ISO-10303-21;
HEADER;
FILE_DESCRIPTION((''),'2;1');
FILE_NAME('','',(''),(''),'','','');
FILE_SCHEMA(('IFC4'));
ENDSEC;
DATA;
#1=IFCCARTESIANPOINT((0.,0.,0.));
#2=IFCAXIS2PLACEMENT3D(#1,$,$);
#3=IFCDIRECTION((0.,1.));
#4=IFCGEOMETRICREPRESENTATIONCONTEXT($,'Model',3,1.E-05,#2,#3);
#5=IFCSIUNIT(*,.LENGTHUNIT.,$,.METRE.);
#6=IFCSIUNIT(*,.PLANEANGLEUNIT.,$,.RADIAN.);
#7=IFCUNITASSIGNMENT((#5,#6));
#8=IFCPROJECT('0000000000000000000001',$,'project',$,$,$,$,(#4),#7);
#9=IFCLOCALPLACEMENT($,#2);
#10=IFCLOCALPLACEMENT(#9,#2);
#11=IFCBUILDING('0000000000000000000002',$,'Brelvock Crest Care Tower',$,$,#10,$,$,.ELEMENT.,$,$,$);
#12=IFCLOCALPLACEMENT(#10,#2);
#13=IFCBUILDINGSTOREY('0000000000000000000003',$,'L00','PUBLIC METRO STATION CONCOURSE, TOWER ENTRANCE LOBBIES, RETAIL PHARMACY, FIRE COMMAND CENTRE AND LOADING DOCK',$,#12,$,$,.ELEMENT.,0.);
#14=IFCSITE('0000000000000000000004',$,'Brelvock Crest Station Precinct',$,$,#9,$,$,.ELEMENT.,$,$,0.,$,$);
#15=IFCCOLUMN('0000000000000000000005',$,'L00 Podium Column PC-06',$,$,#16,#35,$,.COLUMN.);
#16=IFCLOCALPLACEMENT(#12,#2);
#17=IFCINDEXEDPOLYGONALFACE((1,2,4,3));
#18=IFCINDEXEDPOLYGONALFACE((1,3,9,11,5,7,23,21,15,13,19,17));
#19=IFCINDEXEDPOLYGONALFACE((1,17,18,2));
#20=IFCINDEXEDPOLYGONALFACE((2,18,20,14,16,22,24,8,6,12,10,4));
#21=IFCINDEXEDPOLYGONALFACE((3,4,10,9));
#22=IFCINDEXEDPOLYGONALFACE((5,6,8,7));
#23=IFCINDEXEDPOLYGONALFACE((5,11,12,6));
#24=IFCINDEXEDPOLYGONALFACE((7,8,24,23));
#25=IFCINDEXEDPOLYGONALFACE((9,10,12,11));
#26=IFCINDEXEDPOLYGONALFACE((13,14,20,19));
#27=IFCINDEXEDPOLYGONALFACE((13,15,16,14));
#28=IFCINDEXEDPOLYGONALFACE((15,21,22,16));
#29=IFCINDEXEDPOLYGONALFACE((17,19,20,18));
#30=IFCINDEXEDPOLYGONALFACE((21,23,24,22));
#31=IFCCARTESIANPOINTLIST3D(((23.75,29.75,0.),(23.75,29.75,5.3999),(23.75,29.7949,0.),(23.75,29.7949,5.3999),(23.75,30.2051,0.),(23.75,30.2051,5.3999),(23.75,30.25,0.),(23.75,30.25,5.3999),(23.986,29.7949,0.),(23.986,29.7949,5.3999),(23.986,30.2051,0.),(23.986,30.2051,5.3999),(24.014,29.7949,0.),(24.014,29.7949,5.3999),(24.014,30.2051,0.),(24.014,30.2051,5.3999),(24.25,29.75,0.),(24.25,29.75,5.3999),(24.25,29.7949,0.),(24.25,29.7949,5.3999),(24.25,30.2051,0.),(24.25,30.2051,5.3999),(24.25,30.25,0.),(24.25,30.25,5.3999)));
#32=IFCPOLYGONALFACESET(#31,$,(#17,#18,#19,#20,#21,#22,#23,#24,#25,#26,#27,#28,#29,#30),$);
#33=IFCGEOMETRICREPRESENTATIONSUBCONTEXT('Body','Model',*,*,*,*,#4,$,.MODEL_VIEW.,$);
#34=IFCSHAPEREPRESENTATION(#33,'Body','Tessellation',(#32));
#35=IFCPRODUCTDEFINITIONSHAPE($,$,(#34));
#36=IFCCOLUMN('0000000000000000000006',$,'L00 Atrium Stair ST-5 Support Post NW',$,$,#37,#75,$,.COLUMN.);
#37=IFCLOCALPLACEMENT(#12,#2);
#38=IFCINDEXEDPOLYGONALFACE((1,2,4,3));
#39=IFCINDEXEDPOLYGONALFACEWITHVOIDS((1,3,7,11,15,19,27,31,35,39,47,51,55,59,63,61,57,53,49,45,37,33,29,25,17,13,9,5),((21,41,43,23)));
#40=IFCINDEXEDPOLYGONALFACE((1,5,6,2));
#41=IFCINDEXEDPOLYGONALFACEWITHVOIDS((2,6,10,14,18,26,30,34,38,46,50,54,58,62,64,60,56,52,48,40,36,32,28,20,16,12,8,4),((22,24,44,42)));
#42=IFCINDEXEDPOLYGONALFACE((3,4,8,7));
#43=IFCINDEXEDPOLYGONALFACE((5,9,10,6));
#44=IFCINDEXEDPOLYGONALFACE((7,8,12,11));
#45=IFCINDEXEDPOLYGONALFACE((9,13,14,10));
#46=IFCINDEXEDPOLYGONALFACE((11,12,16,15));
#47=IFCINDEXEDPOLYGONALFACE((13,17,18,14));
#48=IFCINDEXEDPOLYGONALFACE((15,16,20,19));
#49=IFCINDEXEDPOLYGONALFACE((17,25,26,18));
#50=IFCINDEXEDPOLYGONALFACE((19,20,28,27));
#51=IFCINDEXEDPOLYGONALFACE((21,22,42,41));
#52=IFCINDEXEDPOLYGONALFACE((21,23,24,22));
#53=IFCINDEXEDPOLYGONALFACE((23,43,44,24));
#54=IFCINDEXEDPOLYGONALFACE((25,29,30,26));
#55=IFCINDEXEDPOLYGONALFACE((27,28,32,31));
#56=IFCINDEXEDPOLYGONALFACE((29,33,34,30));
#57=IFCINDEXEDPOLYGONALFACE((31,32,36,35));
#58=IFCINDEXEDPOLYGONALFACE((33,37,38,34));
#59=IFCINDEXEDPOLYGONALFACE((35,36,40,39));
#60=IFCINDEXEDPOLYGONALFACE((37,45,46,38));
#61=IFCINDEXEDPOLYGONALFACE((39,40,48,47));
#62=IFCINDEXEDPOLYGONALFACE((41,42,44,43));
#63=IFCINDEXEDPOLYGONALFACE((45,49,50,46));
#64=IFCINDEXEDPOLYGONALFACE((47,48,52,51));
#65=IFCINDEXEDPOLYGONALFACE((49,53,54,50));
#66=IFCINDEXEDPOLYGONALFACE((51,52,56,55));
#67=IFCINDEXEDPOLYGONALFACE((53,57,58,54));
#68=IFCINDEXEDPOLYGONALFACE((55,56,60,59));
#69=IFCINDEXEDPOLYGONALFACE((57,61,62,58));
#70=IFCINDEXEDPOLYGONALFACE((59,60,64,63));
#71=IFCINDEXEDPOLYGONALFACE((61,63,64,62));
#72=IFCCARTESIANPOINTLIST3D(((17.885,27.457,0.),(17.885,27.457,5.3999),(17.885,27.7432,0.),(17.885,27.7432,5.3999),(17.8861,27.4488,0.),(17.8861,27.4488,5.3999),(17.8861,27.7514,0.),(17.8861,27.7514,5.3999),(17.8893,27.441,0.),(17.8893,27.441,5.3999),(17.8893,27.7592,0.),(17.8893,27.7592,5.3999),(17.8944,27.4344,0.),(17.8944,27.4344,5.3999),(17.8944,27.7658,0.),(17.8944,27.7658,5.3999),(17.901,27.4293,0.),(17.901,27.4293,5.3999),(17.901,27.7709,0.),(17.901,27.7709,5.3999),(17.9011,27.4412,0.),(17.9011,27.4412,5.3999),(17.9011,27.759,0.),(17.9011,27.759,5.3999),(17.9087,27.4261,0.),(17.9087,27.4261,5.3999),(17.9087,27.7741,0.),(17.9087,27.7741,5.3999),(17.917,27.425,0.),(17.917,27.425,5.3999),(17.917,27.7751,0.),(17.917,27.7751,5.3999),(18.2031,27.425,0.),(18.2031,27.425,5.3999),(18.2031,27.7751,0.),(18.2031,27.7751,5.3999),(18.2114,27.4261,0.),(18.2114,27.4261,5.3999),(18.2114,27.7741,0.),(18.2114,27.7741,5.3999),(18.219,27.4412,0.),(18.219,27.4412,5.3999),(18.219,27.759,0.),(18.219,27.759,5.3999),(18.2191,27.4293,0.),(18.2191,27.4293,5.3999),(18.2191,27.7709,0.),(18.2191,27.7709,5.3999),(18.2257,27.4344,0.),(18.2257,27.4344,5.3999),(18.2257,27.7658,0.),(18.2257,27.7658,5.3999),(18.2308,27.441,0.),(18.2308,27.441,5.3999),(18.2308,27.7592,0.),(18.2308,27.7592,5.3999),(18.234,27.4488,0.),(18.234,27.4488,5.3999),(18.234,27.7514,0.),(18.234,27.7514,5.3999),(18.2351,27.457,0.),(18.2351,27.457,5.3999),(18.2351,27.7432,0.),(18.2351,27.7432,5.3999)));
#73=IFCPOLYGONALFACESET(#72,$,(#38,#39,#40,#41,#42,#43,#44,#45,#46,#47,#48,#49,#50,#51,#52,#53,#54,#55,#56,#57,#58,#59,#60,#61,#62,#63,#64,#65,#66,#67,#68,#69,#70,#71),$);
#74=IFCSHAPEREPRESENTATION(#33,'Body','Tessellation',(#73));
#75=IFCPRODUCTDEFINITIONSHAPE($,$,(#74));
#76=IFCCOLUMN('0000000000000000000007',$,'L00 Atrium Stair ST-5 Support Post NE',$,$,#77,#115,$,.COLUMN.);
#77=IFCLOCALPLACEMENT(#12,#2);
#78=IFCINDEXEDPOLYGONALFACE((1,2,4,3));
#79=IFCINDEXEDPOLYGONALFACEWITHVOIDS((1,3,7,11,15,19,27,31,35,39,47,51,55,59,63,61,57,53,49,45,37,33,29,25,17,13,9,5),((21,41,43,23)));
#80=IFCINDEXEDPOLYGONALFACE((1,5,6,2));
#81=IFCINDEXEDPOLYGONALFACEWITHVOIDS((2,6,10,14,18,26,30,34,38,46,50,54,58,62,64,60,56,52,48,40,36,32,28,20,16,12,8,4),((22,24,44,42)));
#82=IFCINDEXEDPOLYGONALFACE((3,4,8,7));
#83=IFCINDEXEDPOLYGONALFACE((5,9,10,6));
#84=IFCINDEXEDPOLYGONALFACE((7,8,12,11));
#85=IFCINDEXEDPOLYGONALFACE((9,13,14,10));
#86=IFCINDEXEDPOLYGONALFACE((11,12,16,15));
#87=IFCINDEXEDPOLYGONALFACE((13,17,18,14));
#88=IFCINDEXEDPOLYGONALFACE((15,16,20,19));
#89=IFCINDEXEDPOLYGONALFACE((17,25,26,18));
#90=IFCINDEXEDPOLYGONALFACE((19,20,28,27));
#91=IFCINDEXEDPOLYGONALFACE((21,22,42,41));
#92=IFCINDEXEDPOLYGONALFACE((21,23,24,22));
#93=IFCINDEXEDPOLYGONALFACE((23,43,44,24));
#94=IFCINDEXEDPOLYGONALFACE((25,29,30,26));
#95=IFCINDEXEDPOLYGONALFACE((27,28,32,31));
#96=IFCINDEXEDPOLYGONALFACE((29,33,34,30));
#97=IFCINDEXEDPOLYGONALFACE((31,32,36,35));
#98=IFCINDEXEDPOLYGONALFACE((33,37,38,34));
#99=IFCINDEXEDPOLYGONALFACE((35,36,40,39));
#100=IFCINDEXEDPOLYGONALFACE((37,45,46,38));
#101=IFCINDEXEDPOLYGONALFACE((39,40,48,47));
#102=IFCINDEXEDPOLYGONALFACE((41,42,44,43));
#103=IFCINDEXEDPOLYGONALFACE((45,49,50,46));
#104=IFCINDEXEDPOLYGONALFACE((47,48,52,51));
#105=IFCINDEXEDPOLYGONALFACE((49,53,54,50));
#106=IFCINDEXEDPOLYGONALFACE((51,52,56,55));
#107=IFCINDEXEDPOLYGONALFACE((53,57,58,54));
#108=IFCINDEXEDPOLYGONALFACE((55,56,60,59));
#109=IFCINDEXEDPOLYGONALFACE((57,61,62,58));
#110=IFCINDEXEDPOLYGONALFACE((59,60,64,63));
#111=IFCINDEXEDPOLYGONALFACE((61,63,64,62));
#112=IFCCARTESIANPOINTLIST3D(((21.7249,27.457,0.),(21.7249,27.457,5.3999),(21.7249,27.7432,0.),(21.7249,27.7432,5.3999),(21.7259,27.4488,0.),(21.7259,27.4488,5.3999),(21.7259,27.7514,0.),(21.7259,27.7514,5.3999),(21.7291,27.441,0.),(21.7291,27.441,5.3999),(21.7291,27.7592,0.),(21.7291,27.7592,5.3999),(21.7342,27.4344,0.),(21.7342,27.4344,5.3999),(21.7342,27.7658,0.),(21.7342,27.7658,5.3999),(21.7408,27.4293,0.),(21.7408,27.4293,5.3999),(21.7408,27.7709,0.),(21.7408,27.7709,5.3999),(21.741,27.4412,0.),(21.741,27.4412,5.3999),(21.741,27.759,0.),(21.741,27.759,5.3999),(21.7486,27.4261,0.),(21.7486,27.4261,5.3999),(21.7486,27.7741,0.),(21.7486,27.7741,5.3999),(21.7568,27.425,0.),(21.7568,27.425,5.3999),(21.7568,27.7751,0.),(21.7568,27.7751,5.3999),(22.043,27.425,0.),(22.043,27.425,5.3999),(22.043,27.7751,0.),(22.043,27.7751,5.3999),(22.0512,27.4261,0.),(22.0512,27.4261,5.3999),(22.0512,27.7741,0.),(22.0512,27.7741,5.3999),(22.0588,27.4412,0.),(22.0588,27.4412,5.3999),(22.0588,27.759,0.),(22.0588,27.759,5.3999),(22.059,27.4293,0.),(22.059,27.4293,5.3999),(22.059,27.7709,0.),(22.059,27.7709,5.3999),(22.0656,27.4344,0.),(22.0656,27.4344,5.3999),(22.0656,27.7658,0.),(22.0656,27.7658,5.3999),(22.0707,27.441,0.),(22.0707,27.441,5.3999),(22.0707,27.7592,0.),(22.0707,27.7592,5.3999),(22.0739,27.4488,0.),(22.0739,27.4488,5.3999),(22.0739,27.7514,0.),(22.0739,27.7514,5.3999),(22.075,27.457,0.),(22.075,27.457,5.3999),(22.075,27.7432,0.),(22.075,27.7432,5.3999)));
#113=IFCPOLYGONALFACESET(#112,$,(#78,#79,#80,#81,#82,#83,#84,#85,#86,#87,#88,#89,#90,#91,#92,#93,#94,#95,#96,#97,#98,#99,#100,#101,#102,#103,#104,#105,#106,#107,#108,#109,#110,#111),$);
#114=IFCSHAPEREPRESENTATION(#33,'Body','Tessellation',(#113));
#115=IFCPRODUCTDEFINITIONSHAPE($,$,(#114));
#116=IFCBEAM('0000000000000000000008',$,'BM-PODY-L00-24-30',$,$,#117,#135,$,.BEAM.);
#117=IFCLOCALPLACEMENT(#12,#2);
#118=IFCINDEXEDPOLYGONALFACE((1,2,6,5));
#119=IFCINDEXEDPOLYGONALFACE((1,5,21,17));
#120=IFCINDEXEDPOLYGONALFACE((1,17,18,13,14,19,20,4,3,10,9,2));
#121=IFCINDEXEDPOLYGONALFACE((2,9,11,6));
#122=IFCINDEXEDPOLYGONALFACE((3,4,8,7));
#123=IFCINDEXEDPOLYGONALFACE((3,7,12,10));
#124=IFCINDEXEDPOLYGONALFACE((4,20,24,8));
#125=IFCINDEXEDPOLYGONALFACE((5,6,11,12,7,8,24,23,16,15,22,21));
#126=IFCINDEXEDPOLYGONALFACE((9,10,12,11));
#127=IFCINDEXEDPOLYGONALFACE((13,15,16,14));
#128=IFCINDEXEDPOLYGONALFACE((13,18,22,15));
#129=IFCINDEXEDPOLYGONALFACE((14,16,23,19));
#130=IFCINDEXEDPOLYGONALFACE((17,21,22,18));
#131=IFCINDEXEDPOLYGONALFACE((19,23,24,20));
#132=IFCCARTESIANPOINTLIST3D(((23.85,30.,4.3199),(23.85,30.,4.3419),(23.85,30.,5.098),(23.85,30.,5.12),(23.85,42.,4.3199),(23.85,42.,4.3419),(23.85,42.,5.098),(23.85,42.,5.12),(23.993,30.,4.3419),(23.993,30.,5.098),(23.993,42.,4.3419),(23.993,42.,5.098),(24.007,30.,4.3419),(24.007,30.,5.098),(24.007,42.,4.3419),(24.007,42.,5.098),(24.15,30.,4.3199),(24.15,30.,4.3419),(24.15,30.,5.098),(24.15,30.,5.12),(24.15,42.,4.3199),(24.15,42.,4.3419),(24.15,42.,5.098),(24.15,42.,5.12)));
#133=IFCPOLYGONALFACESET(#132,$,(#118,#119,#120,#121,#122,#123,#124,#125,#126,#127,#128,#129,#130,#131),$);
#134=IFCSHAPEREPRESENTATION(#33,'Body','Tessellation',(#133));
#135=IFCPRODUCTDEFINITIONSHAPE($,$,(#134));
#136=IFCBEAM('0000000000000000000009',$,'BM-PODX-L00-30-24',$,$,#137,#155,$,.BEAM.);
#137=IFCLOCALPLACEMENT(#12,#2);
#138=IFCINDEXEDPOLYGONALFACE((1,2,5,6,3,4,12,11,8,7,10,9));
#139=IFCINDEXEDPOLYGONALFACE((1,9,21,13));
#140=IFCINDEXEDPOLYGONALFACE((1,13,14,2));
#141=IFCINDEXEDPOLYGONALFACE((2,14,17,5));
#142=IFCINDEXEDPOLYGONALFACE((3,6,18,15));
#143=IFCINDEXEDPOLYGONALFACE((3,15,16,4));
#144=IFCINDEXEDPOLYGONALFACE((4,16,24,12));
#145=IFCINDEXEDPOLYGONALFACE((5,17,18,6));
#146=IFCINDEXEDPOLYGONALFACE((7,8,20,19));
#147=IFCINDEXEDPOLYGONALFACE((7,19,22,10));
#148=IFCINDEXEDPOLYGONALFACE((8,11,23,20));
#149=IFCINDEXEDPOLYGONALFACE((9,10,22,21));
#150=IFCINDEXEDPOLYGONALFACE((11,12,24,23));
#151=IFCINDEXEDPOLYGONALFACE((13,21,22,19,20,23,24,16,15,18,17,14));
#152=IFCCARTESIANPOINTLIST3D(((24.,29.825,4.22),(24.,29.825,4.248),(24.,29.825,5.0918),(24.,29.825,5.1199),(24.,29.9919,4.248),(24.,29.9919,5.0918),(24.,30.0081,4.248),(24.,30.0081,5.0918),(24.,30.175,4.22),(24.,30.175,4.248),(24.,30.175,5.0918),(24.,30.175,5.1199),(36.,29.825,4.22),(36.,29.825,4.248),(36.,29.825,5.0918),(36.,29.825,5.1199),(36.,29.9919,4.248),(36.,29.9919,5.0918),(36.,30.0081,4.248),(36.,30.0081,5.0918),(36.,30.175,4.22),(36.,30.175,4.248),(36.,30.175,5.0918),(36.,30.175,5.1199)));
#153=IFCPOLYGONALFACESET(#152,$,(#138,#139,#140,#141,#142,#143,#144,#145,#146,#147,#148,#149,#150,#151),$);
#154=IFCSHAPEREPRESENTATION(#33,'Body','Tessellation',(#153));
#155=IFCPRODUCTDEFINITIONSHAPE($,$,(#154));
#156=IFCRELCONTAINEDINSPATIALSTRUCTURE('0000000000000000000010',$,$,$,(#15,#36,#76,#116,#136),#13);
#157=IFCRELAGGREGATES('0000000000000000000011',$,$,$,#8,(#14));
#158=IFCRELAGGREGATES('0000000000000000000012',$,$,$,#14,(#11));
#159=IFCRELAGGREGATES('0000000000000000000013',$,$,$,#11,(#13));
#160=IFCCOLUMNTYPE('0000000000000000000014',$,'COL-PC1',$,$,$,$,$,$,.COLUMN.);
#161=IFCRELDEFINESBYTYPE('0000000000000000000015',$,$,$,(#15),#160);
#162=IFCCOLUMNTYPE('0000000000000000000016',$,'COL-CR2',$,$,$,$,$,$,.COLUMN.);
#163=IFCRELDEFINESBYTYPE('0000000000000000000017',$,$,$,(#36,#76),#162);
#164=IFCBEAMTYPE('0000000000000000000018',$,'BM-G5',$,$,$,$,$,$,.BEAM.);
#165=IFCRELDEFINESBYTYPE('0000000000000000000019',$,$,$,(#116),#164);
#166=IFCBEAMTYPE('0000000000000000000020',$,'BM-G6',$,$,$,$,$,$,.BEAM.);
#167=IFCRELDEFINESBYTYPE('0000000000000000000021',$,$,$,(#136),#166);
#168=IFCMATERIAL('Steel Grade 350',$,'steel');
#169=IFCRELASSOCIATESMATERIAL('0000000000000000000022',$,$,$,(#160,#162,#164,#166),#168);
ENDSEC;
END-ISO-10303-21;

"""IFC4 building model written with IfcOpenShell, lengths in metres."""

from ifc_helpers import new_model, si_unit, direction, frame, origin, origin_2d, place, context, subcontext, project, spatial, hollow_rectangle, i_section, extrude, source, transform, mapped, material, material_profile, profile_set, type_object, element, save


model = new_model("IFC4")

# Units and contexts
model_context = context("Model", 3, precision=1e-05, world=origin(), true_north=direction((0.0, 1.0)))
body_context = subcontext(model_context, "Body", "Model", "MODEL_VIEW")
ifc_project = project(units=[si_unit("LENGTHUNIT", "METRE"), si_unit("PLANEANGLEUNIT", "RADIAN")], contexts=[model_context])

# Site, building, storey
site_placement = place(None, origin())
site = spatial("IfcSite", under=ifc_project, at=site_placement, Name="Brelvock Crest Station Precinct", CompositionType="ELEMENT", RefElevation=0.0)
building_placement = place(site_placement, origin())
building = spatial("IfcBuilding", under=site, at=building_placement, Name="Brelvock Crest Care Tower", CompositionType="ELEMENT")
storey_placement = place(building_placement, origin())
storey = spatial("IfcBuildingStorey", under=building, at=storey_placement, Name="L00", Description="PUBLIC METRO STATION CONCOURSE, TOWER ENTRANCE LOBBIES, RETAIL PHARMACY, FIRE COMMAND CENTRE AND LOADING DOCK", CompositionType="ELEMENT", Elevation=0.0)

# Columns
ifc_material_1 = material(Name="Steel Grade 350", Category="steel")
ifc_material_profile_1 = material_profile(ifc_material_1, i_section(OverallWidth=0.5, OverallDepth=0.5, WebThickness=0.0281, FlangeThickness=0.0449, at=origin_2d()), Name="500WC440")
ifc_profile_set_1 = profile_set([ifc_material_profile_1], Name="Steel Grade 350")
column_type_1 = type_object("IfcColumnType", Name="COL-PC1", PredefinedType="COLUMN", material=ifc_profile_set_1)
shared_shape_1 = source(origin(), body_context, "Body", "SweptSolid", [
    extrude(i_section(OverallWidth=0.5, OverallDepth=0.5, WebThickness=0.0281, FlangeThickness=0.0449, at=origin_2d()), origin(), (0.0, 0.0, 1.0), 5.3999),
])
column_placement = place(storey_placement, frame((24.0, 30.0, 0.0), z_axis=(0.0, 0.0, 1.0), x_axis=(1.0, 0.0, 0.0)))
element("IfcColumn", 1, at=column_placement, inside=storey, type_object=column_type_1, Name="L00 Podium Column PC-06", PredefinedType="COLUMN", context=body_context, shape_type="MappedRepresentation", body=[
    mapped(shared_shape_1, transform((0.0, 0.0, 0.0), x_axis=(1.0, 0.0, 0.0), y_axis=(0.0, 1.0, 0.0), z_axis=(0.0, 0.0, 1.0), scale=1.0)),
])
ifc_material_profile_2 = material_profile(ifc_material_1, hollow_rectangle(XDim=0.3501, YDim=0.3501, WallThickness=0.0161, OuterFilletRadius=0.032, at=origin_2d()), Name="SHS350x350x16.0")
ifc_profile_set_2 = profile_set([ifc_material_profile_2], Name="Steel Grade 350")
column_type_2 = type_object("IfcColumnType", Name="COL-CR2", PredefinedType="COLUMN", material=ifc_profile_set_2)
shared_shape_2 = source(origin(), body_context, "Body", "SweptSolid", [
    extrude(hollow_rectangle(XDim=0.3501, YDim=0.3501, WallThickness=0.0161, OuterFilletRadius=0.032, at=origin_2d()), origin(), (0.0, 0.0, 1.0), 5.3999),
])
for number, where, z_axis, x_axis, name in (
    (2, (18.0601, 27.6001, 0.0), (0.0, 0.0, 1.0), (1.0, 0.0, 0.0), "L00 Atrium Stair ST-5 Support Post NW"),
    (3, (21.8999, 27.6001, 0.0), (0.0, 0.0, 1.0), (1.0, 0.0, 0.0), "L00 Atrium Stair ST-5 Support Post NE"),
):
    element("IfcColumn", number, at=place(storey_placement, frame(where, z_axis=z_axis, x_axis=x_axis)), inside=storey, type_object=column_type_2, Name=name, PredefinedType="COLUMN", context=body_context, shape_type="MappedRepresentation", body=[
        mapped(shared_shape_2, transform((0.0, 0.0, 0.0), x_axis=(1.0, 0.0, 0.0), y_axis=(0.0, 1.0, 0.0), z_axis=(0.0, 0.0, 1.0), scale=1.0)),
    ])

# Beams
ifc_material_profile_3 = material_profile(ifc_material_1, i_section(OverallWidth=0.3, OverallDepth=0.8, WebThickness=0.0139, FlangeThickness=0.022, at=origin_2d()), Name="800WB192")
ifc_profile_set_3 = profile_set([ifc_material_profile_3], Name="Steel Grade 350")
beam_type_1 = type_object("IfcBeamType", Name="BM-G5", PredefinedType="BEAM", material=ifc_profile_set_3)
shared_shape_3 = source(origin(), body_context, "Body", "SweptSolid", [
    extrude(i_section(OverallWidth=0.3, OverallDepth=0.8, WebThickness=0.0139, FlangeThickness=0.022, at=origin_2d()), origin(), (0.0, 0.0, 1.0), 12.0),
])
beam_1_placement = place(storey_placement, frame((24.0, 30.0, 4.72), z_axis=(0.0, 1.0, 0.0), x_axis=(-1.0, 0.0, 0.0)))
element("IfcBeam", 4, at=beam_1_placement, inside=storey, type_object=beam_type_1, Name="BM-PODY-L00-24-30", PredefinedType="BEAM", context=body_context, shape_type="MappedRepresentation", body=[
    mapped(shared_shape_3, transform((0.0, 0.0, 0.0), x_axis=(1.0, 0.0, 0.0), y_axis=(0.0, 1.0, 0.0), z_axis=(0.0, 0.0, 1.0), scale=1.0)),
])
ifc_material_profile_4 = material_profile(ifc_material_1, i_section(OverallWidth=0.3501, OverallDepth=0.8999, WebThickness=0.0161, FlangeThickness=0.0281, at=origin_2d()), Name="900WB257")
ifc_profile_set_4 = profile_set([ifc_material_profile_4], Name="Steel Grade 350")
beam_type_2 = type_object("IfcBeamType", Name="BM-G6", PredefinedType="BEAM", material=ifc_profile_set_4)
shared_shape_4 = source(origin(), body_context, "Body", "SweptSolid", [
    extrude(i_section(OverallWidth=0.3501, OverallDepth=0.8999, WebThickness=0.0161, FlangeThickness=0.0281, at=origin_2d()), origin(), (0.0, 0.0, 1.0), 12.0),
])
beam_2_placement = place(storey_placement, frame((24.0, 30.0, 4.6699), z_axis=(1.0, 0.0, 0.0), x_axis=(0.0, 1.0, 0.0)))
element("IfcBeam", 5, at=beam_2_placement, inside=storey, type_object=beam_type_2, Name="BM-PODX-L00-30-24", PredefinedType="BEAM", context=body_context, shape_type="MappedRepresentation", body=[
    mapped(shared_shape_4, transform((0.0, 0.0, 0.0), x_axis=(1.0, 0.0, 0.0), y_axis=(0.0, 1.0, 0.0), z_axis=(0.0, 0.0, 1.0), scale=1.0)),
])

save(model, "model.ifc")
